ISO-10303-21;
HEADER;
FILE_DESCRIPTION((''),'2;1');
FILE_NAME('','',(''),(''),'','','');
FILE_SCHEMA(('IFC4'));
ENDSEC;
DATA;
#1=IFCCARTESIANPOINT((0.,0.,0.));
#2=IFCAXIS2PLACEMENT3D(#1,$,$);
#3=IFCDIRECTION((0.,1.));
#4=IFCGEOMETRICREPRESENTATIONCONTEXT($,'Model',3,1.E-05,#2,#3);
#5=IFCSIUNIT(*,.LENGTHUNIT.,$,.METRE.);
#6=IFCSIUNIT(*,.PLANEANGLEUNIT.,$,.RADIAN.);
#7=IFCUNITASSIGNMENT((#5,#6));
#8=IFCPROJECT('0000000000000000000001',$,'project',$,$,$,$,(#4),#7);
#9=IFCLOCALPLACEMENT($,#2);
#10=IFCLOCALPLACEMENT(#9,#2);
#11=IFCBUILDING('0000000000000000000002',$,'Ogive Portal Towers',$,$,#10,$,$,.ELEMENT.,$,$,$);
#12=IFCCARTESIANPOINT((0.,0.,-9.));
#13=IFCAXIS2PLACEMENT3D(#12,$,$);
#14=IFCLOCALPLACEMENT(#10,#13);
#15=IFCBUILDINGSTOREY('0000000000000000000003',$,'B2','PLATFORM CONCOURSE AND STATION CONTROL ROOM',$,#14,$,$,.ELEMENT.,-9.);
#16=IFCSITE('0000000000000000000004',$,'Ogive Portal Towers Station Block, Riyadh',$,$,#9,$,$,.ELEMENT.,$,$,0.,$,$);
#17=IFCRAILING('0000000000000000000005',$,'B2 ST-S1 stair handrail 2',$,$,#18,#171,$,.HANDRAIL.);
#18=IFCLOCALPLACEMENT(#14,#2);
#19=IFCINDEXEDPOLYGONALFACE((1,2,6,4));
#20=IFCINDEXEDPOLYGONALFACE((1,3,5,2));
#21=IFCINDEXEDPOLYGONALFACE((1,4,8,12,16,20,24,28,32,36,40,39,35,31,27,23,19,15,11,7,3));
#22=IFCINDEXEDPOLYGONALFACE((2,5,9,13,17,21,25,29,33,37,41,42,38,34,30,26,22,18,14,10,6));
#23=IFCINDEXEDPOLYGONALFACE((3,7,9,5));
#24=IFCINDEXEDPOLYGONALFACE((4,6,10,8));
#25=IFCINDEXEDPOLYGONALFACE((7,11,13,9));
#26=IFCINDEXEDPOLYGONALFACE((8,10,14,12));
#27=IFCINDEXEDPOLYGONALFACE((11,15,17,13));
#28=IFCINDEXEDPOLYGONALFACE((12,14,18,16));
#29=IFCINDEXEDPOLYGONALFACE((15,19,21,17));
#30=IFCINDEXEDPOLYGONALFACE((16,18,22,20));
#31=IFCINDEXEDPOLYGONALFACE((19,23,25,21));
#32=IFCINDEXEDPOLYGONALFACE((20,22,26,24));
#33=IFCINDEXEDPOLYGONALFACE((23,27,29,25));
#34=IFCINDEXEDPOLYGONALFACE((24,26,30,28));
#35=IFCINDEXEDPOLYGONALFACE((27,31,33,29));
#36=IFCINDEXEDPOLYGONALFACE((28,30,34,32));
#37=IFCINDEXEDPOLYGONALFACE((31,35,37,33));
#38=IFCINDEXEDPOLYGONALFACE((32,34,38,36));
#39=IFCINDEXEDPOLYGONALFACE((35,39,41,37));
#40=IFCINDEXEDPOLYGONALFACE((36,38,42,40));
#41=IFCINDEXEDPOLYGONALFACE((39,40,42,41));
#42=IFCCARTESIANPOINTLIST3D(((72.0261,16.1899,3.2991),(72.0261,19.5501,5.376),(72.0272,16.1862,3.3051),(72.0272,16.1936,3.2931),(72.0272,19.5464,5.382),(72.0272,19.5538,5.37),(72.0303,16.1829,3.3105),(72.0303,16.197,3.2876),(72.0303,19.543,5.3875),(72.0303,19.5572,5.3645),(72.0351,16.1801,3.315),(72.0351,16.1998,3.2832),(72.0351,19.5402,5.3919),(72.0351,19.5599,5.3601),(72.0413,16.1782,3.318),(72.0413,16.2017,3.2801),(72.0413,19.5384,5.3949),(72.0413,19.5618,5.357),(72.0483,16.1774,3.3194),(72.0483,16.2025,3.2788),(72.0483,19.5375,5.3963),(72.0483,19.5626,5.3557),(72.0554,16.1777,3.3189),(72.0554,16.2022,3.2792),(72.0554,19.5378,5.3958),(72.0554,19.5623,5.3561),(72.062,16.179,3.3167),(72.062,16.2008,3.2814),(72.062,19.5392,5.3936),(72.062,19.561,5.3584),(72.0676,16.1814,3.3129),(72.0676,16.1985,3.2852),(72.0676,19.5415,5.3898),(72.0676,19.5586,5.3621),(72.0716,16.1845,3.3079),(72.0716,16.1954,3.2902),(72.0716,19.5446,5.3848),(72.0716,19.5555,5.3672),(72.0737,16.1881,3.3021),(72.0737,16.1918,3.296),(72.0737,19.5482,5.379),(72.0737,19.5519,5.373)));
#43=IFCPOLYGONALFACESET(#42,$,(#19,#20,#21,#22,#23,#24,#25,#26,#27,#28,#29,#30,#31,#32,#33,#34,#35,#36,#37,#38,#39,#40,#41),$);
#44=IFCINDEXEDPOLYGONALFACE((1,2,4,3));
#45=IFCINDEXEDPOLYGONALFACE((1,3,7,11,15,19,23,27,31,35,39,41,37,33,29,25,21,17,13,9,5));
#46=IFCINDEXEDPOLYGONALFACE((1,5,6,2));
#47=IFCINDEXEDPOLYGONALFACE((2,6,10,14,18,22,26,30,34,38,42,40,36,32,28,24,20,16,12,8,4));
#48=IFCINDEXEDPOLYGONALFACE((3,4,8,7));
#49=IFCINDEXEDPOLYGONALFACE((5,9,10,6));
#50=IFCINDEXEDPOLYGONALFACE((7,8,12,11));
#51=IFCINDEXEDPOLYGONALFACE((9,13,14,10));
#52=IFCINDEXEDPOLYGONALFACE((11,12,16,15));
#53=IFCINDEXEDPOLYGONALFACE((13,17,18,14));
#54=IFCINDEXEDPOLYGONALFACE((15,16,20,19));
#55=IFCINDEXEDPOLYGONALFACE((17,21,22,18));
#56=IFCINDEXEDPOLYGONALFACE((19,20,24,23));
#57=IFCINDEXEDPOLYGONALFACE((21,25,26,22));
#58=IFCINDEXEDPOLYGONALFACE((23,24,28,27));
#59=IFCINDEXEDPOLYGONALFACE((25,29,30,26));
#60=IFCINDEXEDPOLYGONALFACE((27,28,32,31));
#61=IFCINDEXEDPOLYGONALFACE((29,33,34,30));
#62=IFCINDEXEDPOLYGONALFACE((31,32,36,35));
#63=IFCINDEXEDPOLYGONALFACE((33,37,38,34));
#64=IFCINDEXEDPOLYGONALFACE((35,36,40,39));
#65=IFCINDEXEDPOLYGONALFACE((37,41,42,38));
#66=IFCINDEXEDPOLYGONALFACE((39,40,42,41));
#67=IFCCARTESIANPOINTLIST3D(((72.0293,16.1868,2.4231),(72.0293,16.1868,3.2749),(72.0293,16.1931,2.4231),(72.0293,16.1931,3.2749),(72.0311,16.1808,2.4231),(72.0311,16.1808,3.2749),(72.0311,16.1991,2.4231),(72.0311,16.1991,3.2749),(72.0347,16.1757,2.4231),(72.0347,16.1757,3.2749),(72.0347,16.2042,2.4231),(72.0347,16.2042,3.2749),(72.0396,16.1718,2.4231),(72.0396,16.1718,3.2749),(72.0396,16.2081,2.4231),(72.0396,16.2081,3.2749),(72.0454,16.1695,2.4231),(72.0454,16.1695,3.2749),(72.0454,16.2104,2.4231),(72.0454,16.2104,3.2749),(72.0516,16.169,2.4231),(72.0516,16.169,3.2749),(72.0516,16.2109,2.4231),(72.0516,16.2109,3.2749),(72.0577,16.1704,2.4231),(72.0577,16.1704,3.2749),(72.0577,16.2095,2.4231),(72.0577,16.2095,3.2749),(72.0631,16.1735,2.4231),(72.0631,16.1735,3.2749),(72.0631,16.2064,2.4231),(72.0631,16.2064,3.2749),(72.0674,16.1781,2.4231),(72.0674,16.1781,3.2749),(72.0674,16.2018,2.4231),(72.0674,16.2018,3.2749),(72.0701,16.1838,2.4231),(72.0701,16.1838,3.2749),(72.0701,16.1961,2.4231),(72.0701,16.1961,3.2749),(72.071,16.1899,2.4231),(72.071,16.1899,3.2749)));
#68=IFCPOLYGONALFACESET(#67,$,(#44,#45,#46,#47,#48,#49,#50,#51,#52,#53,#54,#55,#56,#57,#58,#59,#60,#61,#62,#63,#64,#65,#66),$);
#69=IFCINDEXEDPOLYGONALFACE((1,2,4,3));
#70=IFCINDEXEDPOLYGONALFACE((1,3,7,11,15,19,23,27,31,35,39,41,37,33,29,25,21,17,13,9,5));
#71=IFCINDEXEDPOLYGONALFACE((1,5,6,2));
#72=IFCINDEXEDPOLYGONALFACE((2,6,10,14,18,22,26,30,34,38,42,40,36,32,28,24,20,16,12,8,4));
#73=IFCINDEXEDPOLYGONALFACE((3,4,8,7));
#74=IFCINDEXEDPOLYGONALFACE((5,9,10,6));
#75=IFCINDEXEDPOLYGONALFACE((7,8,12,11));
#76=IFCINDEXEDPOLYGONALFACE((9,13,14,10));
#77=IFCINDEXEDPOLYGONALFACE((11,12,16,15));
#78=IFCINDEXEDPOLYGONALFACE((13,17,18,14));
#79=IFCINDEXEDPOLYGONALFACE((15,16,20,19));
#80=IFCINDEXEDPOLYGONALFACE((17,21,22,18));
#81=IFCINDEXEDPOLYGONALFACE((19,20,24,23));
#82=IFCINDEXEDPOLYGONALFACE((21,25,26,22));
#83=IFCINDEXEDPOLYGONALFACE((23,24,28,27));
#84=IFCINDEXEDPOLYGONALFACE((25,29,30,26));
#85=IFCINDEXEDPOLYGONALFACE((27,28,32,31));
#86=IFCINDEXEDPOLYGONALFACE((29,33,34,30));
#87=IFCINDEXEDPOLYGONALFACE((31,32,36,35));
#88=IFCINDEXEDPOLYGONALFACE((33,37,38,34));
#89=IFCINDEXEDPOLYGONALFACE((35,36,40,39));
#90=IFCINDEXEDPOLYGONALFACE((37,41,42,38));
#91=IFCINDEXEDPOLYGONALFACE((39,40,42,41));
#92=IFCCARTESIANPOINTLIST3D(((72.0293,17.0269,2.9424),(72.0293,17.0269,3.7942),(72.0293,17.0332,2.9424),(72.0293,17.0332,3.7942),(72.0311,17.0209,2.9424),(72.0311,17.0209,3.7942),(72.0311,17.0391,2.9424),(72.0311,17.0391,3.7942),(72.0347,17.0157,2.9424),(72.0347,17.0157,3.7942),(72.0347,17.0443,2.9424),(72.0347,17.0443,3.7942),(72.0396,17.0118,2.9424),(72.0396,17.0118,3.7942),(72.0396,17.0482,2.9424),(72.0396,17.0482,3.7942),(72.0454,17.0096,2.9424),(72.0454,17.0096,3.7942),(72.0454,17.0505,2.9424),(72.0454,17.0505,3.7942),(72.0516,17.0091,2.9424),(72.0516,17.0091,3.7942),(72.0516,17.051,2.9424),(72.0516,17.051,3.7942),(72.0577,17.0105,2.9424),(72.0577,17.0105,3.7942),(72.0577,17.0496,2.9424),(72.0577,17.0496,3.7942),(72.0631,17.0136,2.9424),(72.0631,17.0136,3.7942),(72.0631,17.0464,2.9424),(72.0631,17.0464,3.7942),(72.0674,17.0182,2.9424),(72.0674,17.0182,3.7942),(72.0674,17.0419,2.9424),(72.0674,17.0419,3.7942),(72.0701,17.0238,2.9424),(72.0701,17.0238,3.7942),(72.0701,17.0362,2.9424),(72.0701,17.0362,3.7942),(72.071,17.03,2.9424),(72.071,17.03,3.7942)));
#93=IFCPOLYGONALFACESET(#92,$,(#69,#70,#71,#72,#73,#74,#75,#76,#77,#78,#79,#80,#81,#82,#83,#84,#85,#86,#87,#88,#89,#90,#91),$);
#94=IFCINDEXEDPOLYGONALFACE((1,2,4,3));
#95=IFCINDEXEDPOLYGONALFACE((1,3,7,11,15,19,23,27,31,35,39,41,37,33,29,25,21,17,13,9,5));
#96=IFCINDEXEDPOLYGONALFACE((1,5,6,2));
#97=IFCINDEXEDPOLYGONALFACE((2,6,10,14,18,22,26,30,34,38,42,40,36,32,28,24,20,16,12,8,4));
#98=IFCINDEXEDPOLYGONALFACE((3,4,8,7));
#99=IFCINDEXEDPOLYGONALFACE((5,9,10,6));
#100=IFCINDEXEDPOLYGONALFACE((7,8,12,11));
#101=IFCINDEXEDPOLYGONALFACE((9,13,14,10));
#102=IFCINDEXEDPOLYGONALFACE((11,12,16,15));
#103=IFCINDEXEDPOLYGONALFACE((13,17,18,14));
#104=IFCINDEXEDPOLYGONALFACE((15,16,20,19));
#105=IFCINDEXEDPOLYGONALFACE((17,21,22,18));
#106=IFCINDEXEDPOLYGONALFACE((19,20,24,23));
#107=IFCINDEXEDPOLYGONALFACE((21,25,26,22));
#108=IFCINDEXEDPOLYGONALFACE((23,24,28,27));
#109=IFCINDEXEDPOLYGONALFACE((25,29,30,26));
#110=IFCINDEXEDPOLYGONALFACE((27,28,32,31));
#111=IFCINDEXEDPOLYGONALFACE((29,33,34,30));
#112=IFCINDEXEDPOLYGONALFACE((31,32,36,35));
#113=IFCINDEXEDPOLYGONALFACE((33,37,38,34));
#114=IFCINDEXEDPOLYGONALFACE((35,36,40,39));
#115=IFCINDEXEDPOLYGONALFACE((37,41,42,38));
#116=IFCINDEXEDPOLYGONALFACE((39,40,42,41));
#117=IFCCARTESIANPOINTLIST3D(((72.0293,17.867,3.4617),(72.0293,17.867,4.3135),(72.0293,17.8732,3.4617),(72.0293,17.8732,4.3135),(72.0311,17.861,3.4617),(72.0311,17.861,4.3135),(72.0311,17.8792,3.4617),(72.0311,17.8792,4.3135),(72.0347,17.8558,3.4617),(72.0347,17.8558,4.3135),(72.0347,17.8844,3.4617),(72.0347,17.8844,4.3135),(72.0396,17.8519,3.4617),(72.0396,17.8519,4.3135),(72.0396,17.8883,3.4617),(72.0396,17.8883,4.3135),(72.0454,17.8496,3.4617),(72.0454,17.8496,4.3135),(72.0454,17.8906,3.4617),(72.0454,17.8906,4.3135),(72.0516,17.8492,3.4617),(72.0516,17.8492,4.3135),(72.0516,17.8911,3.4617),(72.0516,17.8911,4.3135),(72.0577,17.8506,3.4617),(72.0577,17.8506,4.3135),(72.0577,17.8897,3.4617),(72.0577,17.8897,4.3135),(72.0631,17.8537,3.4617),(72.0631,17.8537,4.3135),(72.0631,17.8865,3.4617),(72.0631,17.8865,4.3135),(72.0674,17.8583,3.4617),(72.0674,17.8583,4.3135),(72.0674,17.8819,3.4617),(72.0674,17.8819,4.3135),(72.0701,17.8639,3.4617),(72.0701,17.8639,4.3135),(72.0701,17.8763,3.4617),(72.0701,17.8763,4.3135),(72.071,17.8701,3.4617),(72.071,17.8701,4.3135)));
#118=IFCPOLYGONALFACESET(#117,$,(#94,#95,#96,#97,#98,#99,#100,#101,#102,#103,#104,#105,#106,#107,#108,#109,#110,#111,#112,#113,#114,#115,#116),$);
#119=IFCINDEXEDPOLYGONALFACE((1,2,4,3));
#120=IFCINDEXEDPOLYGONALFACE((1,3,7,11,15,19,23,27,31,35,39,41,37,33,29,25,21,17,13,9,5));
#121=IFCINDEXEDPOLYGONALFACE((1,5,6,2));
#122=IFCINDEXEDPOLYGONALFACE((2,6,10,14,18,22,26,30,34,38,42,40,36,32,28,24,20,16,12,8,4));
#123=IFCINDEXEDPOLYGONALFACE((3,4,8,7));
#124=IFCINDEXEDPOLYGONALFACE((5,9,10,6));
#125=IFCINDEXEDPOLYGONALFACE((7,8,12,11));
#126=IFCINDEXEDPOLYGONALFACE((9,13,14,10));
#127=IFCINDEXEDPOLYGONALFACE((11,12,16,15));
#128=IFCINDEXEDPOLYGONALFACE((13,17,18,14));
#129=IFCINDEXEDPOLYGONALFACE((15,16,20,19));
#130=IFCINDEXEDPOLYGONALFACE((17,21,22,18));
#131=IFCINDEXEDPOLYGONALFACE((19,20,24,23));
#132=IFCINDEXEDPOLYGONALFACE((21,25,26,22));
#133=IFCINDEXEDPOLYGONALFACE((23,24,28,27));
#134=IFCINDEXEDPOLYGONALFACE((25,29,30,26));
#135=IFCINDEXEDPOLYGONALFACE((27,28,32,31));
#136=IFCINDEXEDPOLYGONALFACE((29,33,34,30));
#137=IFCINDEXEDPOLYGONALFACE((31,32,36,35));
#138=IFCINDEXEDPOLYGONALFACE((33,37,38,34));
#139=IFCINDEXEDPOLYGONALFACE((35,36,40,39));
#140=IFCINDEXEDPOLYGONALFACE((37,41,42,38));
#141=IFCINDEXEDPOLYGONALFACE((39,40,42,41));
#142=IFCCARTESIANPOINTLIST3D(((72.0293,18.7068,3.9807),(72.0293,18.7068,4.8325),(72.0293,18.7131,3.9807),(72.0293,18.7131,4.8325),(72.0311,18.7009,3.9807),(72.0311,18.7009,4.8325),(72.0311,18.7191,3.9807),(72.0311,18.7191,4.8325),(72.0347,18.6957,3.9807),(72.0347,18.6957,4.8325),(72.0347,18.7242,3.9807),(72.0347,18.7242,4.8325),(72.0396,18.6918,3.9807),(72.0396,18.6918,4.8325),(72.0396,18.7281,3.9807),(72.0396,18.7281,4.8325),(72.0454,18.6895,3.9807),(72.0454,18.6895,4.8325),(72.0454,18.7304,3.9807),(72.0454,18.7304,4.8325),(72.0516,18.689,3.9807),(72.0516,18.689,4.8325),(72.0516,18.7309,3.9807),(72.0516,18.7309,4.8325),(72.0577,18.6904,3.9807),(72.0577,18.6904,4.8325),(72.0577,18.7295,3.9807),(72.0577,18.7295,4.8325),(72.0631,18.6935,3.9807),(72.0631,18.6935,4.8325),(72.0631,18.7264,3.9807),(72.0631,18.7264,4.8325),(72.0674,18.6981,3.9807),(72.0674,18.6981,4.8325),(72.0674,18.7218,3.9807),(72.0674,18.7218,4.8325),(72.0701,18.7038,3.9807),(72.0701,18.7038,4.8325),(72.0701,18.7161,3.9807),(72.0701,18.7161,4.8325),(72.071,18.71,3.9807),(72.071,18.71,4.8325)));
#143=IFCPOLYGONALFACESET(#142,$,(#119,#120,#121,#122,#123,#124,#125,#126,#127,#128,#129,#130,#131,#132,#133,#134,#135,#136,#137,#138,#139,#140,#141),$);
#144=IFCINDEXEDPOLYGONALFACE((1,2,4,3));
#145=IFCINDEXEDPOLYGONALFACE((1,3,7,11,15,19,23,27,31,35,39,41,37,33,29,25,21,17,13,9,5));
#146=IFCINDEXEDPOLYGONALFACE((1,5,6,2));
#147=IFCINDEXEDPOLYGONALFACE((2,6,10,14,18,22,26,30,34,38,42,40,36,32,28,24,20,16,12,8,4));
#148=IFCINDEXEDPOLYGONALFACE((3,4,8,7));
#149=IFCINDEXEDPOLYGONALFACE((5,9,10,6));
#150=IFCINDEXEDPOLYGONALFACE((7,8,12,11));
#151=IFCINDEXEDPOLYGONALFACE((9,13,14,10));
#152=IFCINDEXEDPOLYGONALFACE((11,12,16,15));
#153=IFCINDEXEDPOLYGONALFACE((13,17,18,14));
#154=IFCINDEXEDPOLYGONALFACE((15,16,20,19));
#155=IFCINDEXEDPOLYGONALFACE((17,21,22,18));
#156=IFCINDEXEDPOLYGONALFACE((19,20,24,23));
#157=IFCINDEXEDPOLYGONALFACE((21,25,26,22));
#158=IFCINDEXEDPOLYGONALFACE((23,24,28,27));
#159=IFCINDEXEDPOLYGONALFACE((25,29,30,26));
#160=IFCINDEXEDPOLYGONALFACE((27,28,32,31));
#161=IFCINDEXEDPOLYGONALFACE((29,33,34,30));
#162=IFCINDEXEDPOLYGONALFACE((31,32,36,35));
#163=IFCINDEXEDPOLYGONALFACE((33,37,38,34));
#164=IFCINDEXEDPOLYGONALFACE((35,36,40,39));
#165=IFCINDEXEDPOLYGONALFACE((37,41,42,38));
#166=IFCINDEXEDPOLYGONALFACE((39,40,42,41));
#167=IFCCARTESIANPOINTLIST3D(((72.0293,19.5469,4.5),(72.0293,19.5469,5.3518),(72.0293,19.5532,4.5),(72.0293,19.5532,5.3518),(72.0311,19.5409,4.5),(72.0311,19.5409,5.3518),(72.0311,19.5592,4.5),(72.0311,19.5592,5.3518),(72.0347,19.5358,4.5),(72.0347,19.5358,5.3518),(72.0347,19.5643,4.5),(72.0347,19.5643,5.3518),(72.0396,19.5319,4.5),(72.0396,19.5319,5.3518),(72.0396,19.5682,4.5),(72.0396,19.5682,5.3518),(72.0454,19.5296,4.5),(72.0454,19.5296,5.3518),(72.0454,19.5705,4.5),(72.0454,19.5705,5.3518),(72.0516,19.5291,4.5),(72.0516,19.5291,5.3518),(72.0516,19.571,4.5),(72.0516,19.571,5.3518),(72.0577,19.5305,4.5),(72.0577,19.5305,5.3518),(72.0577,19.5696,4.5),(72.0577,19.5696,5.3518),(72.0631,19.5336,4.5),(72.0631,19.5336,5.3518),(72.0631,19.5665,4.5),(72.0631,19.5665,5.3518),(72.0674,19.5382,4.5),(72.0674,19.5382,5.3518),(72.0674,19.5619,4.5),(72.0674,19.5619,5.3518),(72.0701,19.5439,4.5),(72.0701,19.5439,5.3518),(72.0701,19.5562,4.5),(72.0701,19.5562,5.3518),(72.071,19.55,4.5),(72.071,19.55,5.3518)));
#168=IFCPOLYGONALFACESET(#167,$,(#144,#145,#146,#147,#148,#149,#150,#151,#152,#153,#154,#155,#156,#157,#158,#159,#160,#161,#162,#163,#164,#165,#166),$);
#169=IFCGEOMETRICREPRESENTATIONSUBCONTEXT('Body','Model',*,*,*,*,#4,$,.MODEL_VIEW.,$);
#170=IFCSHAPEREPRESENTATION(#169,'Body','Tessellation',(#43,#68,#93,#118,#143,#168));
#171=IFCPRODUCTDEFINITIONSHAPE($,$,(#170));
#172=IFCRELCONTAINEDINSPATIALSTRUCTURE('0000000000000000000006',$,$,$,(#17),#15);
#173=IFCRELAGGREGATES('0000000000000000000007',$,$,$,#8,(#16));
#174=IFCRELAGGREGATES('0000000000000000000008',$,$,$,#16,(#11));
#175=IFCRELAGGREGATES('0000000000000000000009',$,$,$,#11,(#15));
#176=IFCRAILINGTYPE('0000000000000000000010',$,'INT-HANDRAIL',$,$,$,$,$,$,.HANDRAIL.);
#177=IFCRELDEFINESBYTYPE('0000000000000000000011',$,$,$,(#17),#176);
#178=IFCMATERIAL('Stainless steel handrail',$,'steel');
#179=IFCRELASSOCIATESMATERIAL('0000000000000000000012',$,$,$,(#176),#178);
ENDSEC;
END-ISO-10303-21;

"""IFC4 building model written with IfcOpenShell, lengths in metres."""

from ifc_helpers import new_model, si_unit, direction, frame, origin, origin_2d, place, context, subcontext, project, spatial, circle, extrude, material, type_object, element, save


model = new_model("IFC4")

# Units and contexts
model_context = context("Model", 3, precision=1e-05, world=origin(), true_north=direction((0.0, 1.0)))
body_context = subcontext(model_context, "Body", "Model", "MODEL_VIEW")
ifc_project = project(units=[si_unit("LENGTHUNIT", "METRE"), si_unit("PLANEANGLEUNIT", "RADIAN")], contexts=[model_context])

# Site, building, storey
site_placement = place(None, origin())
site = spatial("IfcSite", under=ifc_project, at=site_placement, Name="Ogive Portal Towers Station Block, Riyadh", CompositionType="ELEMENT", RefElevation=0.0)
building_placement = place(site_placement, origin())
building = spatial("IfcBuilding", under=site, at=building_placement, Name="Ogive Portal Towers", CompositionType="ELEMENT")
storey_placement = place(building_placement, frame((0.0, 0.0, -9.0)))
storey = spatial("IfcBuildingStorey", under=building, at=storey_placement, Name="B2", Description="PLATFORM CONCOURSE AND STATION CONTROL ROOM", CompositionType="ELEMENT", Elevation=-9.0)

# Railing
ifc_material_1 = material(Name="Stainless steel handrail", Category="steel")
railing_type_1 = type_object("IfcRailingType", Name="INT-HANDRAIL", PredefinedType="HANDRAIL", material=ifc_material_1)
railing_1_placement = place(storey_placement, frame((72.05, 16.1899, 2.4231)))
element("IfcRailing", 1, at=railing_1_placement, inside=storey, type_object=railing_type_1, Name="B2 ST-S1 stair handrail 2", PredefinedType="HANDRAIL", context=body_context, shape_type="SweptSolid", body=[
    extrude(circle(Radius=0.0239, at=origin_2d()), frame((0.0, 0.0, 0.876), z_axis=(0.0, 0.850623, 0.525776), x_axis=(-1.0, 0.0, 0.0)), (0.0, 0.0, 1.0), 3.9502),
    extrude(circle(Radius=0.021, at=origin_2d()), origin(), (0.0, 0.0, 1.0), 0.8518),
    extrude(circle(Radius=0.021, at=origin_2d()), frame((0.0, 0.8401, 0.5193)), (0.0, 0.0, 1.0), 0.8518),
    extrude(circle(Radius=0.021, at=origin_2d()), frame((0.0, 1.6802, 1.0386)), (0.0, 0.0, 1.0), 0.8518),
    extrude(circle(Radius=0.021, at=origin_2d()), frame((0.0, 2.52, 1.5576)), (0.0, 0.0, 1.0), 0.8518),
    extrude(circle(Radius=0.021, at=origin_2d()), frame((0.0, 3.3601, 2.0769)), (0.0, 0.0, 1.0), 0.8518),
])

save(model, "model.ifc")
